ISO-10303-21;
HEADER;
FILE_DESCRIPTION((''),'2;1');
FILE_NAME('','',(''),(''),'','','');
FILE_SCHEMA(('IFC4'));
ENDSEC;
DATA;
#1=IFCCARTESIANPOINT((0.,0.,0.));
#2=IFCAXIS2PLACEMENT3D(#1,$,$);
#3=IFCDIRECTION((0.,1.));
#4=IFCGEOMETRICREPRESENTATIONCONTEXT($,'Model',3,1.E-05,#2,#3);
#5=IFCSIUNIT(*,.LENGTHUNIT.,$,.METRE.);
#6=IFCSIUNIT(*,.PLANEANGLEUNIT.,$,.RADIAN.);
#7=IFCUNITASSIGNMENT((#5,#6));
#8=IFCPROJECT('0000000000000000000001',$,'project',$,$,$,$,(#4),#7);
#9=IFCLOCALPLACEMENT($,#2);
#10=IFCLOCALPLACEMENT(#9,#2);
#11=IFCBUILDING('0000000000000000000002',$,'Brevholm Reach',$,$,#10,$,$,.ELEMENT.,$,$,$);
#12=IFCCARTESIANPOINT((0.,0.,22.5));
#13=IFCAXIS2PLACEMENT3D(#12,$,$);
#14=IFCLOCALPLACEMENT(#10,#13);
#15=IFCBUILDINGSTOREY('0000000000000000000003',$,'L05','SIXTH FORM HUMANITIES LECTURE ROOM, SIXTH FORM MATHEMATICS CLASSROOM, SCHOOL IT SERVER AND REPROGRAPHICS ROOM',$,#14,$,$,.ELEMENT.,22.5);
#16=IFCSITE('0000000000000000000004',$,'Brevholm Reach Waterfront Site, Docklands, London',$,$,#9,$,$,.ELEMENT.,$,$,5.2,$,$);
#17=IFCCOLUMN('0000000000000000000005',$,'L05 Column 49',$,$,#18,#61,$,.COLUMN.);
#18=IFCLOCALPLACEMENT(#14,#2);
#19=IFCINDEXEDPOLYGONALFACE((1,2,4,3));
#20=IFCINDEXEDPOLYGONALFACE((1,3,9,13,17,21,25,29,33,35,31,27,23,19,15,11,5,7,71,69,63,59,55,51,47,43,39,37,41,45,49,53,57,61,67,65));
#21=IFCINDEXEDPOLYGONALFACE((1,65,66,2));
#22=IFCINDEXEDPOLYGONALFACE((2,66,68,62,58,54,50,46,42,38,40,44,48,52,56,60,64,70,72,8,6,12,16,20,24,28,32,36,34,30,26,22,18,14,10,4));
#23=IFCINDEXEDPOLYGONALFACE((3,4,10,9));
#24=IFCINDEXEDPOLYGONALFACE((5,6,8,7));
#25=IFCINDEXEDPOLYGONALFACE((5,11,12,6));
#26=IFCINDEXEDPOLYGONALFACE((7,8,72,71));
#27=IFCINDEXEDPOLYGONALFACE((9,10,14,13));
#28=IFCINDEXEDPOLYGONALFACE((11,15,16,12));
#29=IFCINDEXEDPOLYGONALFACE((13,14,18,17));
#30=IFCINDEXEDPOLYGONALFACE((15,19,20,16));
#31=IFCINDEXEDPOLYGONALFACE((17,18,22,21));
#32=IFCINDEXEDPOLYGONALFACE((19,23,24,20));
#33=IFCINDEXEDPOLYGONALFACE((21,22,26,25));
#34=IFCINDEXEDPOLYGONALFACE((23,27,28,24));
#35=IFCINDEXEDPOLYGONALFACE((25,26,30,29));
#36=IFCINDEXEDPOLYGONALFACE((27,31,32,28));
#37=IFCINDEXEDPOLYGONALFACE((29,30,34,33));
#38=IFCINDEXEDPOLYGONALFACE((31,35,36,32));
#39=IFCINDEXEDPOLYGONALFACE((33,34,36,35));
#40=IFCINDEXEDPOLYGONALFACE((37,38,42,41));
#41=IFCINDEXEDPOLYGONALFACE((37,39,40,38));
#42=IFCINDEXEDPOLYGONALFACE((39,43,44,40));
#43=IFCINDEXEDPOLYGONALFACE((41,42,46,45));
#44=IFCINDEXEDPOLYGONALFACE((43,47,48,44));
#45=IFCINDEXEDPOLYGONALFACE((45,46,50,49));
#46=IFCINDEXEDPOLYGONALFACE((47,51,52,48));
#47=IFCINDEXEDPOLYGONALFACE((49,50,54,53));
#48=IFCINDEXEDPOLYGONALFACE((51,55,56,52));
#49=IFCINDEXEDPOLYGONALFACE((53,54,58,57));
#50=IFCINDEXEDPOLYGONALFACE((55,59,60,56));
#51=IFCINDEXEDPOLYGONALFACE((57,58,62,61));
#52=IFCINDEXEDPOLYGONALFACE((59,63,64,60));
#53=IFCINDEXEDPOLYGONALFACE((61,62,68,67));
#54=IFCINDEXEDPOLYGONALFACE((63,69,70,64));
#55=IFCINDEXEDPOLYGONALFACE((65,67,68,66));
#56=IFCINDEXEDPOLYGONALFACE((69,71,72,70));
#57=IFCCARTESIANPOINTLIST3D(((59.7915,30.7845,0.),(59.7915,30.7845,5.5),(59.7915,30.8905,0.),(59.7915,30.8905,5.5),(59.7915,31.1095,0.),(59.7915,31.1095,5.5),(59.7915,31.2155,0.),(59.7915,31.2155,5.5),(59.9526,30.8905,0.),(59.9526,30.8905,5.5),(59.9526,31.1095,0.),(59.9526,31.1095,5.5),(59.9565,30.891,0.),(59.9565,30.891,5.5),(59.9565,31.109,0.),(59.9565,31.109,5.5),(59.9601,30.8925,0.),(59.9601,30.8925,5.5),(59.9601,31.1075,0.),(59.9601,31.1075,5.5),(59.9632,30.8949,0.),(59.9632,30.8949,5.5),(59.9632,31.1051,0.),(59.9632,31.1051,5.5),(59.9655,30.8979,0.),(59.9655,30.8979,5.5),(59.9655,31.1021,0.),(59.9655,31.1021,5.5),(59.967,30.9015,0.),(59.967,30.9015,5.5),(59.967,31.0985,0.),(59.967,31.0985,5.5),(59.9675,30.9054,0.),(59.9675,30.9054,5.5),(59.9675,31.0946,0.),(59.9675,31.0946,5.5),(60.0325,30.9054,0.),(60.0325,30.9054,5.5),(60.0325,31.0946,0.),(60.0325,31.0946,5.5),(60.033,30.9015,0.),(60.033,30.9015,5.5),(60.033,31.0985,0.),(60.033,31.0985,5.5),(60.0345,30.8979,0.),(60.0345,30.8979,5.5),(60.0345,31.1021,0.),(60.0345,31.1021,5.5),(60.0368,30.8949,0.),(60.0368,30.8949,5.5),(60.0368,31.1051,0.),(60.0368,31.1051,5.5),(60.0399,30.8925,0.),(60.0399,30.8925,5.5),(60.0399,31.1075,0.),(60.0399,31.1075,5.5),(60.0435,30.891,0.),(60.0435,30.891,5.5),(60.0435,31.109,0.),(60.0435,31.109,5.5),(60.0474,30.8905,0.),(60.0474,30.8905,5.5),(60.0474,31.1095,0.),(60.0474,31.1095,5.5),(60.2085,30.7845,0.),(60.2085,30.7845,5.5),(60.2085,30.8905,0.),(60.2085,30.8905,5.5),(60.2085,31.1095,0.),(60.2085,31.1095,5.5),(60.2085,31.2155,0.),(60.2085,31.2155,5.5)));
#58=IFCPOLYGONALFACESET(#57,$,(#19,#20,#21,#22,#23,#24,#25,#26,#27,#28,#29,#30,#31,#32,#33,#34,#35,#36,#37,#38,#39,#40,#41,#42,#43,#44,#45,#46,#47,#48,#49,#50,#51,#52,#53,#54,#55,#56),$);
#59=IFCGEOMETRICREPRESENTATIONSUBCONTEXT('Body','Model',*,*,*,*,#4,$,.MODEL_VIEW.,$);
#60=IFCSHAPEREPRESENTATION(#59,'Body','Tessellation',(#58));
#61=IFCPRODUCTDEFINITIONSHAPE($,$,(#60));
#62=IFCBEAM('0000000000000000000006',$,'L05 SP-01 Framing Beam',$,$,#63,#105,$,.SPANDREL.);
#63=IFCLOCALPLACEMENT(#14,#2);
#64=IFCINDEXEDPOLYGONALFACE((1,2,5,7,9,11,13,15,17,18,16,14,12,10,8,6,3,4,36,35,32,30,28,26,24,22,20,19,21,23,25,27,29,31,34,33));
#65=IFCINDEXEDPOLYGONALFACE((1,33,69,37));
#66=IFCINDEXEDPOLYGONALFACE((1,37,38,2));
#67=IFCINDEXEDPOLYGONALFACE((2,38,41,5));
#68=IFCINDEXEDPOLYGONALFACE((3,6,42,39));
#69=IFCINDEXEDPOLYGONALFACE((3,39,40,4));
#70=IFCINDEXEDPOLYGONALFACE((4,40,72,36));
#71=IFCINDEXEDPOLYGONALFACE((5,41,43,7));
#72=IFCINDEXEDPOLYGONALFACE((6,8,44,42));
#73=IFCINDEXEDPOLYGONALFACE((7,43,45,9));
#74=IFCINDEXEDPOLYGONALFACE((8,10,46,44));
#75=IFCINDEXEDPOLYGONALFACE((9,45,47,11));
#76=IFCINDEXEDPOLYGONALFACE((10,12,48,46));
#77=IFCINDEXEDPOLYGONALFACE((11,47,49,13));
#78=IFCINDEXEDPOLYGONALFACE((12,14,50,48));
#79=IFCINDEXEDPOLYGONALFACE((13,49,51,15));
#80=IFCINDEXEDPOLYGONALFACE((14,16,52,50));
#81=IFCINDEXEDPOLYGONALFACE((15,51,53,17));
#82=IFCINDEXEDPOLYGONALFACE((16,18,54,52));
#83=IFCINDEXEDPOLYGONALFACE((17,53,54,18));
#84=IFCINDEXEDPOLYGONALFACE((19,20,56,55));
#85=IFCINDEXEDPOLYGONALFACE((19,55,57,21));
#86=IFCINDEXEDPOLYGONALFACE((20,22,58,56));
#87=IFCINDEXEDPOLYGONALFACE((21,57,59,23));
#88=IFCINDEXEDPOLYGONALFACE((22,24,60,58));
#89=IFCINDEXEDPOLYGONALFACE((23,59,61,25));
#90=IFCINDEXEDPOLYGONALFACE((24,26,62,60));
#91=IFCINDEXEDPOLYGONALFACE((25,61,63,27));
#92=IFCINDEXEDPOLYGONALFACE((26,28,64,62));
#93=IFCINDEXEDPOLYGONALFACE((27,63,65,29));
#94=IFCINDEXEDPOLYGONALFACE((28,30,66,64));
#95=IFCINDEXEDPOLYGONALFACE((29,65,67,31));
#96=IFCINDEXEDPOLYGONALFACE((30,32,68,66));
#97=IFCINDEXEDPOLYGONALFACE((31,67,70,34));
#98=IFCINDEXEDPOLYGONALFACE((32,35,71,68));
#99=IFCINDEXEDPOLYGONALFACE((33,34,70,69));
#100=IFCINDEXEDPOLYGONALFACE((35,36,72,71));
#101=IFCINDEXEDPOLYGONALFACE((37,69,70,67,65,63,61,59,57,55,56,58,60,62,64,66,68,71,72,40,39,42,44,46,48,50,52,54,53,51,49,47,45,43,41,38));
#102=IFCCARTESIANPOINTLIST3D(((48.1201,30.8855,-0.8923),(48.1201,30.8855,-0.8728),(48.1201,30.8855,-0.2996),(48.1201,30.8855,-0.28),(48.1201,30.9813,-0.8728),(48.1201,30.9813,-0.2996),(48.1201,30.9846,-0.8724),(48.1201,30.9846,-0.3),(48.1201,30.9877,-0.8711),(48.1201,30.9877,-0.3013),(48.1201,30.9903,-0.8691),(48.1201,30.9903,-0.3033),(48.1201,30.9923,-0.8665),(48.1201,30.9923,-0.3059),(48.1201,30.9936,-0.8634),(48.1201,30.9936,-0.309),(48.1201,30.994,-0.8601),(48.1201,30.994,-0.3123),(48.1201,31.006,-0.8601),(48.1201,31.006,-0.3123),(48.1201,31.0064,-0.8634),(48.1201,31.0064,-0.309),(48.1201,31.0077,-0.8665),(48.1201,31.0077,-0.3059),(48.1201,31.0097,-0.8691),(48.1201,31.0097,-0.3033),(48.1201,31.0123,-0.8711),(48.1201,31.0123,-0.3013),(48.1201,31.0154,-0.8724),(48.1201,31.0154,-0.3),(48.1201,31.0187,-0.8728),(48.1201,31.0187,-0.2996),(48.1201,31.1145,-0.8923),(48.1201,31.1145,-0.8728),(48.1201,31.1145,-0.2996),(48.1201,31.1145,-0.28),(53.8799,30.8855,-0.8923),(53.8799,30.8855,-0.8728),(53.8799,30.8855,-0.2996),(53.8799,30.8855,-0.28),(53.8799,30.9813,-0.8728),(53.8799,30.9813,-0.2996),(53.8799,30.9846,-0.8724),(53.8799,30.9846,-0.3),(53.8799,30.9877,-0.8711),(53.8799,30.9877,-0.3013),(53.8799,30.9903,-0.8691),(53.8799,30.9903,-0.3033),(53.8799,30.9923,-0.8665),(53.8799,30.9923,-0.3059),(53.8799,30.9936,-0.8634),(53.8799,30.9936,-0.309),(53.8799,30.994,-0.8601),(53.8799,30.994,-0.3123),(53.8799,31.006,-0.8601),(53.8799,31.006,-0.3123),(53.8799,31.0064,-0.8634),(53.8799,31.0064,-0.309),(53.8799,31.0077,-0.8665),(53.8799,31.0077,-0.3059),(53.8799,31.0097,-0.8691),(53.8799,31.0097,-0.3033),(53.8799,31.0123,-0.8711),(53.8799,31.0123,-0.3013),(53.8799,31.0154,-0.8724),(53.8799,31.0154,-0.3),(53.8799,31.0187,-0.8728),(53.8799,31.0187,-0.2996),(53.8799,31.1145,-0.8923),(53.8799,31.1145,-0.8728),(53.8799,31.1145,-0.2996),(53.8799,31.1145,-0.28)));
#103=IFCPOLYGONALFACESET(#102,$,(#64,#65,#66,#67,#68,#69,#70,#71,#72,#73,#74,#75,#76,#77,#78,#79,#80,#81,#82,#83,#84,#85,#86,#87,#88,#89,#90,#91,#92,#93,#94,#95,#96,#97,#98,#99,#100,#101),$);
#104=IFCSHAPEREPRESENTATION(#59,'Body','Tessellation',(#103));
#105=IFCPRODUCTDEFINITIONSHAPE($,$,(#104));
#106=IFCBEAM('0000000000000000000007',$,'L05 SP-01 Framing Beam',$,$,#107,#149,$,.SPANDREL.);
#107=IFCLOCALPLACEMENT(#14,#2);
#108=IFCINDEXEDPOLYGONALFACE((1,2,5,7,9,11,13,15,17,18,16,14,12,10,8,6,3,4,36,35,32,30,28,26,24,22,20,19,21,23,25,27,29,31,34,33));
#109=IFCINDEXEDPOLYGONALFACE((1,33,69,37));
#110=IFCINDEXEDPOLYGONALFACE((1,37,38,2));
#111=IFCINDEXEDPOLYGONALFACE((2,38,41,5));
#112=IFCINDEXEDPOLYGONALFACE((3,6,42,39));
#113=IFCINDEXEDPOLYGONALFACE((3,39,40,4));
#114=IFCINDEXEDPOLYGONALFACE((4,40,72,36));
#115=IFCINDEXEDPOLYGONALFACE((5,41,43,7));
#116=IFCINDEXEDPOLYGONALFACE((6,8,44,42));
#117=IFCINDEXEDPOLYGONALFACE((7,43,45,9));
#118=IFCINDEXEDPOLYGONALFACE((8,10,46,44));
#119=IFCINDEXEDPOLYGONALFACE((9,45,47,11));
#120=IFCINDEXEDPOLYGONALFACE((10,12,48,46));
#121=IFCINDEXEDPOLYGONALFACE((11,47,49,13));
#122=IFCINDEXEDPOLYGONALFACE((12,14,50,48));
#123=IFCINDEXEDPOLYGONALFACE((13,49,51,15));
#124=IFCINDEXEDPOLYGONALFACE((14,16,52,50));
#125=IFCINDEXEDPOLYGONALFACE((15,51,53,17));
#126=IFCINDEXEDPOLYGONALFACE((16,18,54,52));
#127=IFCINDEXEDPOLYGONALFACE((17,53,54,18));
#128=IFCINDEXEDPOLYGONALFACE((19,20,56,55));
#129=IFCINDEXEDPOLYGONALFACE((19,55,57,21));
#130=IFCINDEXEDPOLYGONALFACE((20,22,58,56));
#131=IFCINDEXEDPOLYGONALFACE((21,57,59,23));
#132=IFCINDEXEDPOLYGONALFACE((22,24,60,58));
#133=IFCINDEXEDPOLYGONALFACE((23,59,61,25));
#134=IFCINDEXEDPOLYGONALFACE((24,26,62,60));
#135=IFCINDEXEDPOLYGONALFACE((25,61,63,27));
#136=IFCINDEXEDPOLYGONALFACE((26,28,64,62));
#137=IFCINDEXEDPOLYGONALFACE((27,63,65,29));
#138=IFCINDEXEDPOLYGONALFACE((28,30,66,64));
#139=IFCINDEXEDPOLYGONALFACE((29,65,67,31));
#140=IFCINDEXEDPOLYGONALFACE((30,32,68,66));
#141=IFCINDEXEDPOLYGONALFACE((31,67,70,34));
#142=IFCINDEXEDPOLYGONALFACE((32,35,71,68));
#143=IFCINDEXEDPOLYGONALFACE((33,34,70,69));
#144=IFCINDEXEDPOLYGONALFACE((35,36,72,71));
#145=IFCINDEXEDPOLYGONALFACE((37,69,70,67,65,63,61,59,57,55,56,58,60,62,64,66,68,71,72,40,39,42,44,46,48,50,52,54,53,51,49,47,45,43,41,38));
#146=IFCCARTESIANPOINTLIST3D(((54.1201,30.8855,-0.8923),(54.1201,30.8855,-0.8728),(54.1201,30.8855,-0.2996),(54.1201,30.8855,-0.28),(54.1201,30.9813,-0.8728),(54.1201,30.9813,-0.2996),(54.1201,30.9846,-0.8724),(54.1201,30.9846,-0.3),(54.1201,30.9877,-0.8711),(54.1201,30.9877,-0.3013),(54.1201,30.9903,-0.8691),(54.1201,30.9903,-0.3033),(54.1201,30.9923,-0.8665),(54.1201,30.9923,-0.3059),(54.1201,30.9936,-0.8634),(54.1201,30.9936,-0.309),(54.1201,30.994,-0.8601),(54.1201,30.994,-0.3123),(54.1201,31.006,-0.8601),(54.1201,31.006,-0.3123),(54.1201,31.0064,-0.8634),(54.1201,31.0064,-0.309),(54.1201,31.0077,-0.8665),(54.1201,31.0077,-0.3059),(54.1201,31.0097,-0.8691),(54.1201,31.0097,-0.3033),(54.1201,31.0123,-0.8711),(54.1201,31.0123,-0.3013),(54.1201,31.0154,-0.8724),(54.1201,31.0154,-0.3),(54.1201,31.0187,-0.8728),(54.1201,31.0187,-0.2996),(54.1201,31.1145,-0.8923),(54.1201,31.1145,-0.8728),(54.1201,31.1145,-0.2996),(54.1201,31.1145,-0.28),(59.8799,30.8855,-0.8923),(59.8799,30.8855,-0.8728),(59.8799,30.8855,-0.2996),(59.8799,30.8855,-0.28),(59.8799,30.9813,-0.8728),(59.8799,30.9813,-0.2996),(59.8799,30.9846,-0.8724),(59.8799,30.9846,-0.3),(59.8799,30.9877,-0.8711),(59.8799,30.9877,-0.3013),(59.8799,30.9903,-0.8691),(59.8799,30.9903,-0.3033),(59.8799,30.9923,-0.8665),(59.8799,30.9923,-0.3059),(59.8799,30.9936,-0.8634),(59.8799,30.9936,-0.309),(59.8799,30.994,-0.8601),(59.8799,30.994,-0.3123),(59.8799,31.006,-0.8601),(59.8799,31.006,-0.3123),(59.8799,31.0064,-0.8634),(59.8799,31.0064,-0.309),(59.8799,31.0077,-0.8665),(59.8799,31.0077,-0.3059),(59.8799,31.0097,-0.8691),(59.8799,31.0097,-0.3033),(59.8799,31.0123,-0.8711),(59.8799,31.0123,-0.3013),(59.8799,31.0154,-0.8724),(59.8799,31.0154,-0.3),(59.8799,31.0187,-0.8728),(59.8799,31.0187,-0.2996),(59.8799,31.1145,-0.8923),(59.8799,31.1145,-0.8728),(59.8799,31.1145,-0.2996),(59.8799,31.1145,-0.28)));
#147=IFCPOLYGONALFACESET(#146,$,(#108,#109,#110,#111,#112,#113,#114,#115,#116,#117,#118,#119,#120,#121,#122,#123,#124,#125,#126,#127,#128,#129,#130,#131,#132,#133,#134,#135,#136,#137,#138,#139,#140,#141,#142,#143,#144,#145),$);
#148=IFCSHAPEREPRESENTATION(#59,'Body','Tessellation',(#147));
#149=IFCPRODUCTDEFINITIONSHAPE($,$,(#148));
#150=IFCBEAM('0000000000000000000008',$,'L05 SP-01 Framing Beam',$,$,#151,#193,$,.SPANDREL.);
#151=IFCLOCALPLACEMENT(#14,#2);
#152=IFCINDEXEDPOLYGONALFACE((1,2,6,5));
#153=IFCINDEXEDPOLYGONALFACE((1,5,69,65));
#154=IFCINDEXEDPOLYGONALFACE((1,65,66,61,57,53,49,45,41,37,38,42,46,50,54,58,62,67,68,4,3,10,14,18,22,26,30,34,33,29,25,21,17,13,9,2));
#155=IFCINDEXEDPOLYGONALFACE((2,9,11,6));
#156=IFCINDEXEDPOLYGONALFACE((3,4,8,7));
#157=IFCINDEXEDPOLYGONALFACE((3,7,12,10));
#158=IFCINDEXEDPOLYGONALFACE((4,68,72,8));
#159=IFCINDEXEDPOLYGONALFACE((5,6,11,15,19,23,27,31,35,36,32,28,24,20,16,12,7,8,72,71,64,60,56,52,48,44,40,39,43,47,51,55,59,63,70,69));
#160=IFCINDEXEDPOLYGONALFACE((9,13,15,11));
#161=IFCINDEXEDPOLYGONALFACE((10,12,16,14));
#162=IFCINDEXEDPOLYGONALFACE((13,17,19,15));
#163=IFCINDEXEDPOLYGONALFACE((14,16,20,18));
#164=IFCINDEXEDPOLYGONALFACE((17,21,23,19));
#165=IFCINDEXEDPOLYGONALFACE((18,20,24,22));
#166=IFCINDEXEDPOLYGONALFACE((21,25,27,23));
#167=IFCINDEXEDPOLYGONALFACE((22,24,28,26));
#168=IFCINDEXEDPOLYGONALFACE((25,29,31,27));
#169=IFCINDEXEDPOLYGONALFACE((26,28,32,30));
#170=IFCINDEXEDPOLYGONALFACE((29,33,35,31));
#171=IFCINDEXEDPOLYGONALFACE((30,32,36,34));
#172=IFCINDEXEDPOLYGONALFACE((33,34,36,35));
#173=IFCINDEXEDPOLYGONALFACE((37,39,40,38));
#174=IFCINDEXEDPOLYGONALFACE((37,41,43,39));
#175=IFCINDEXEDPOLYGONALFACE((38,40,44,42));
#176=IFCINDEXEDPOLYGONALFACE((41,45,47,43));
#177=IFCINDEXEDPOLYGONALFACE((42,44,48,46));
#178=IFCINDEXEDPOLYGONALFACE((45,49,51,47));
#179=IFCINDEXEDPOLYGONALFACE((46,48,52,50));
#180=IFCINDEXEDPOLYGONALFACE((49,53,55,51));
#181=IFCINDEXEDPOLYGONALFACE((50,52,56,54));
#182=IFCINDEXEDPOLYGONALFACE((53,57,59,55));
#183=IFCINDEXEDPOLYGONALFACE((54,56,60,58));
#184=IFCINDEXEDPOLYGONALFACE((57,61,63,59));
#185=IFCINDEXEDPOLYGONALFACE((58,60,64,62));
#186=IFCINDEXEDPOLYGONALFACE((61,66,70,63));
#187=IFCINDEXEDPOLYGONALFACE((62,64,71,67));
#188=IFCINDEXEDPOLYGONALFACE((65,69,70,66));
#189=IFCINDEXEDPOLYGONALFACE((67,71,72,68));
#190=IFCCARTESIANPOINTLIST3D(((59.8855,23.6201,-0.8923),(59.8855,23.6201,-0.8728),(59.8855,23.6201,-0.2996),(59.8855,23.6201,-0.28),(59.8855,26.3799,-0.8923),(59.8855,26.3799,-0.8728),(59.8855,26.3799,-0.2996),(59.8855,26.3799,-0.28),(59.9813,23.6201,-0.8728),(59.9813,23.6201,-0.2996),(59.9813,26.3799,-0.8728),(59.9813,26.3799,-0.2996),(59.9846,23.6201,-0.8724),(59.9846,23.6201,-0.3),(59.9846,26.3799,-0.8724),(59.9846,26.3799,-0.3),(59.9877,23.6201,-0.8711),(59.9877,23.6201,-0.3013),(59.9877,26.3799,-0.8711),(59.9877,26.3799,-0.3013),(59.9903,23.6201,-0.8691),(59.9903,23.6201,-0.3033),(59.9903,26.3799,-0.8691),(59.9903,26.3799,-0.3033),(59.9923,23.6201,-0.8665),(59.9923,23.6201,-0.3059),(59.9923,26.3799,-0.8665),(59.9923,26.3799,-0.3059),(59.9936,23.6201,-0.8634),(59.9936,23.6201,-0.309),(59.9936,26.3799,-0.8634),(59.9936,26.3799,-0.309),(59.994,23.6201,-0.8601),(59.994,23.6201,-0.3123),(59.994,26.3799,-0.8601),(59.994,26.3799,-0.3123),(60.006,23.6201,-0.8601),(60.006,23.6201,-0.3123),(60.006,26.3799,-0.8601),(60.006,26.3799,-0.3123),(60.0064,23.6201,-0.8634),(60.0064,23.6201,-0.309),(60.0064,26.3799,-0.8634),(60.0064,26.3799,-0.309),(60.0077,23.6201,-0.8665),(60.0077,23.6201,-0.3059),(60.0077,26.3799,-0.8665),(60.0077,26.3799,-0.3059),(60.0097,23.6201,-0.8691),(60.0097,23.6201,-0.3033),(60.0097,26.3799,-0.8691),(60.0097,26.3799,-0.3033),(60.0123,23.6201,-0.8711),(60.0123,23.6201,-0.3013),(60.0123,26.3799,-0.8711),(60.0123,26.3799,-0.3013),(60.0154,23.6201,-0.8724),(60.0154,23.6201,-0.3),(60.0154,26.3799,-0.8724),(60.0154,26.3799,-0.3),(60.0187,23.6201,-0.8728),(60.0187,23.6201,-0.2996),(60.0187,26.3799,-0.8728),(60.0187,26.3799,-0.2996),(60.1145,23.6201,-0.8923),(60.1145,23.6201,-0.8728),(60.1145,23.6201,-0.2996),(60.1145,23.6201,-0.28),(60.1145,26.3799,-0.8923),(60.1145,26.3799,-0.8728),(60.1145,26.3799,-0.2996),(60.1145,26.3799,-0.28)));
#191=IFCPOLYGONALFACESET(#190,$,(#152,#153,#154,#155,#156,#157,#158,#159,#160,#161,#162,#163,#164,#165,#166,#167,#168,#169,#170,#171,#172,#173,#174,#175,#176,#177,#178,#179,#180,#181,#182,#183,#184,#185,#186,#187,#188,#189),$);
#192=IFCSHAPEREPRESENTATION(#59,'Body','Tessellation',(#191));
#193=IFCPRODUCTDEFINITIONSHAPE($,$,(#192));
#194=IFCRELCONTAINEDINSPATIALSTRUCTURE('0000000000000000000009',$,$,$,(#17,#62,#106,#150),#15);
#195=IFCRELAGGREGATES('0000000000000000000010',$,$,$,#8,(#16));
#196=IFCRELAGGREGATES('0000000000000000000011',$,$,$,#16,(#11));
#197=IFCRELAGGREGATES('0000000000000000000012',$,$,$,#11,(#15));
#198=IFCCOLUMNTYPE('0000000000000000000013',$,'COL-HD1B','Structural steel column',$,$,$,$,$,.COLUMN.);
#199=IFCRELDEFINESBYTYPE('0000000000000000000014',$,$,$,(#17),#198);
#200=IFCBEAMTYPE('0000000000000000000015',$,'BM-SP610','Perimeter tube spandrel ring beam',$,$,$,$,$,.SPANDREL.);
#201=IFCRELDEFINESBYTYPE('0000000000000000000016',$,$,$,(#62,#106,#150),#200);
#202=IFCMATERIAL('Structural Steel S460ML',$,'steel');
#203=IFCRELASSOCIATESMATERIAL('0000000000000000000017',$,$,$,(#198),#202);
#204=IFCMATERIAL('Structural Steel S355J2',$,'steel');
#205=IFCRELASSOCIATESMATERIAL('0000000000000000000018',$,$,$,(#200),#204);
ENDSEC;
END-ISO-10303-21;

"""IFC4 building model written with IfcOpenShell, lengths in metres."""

from ifc_helpers import new_model, si_unit, direction, frame, origin, origin_2d, place, context, subcontext, project, spatial, i_section, extrude, material, material_profile, profile_set, type_object, element, save


model = new_model("IFC4")

# Units and contexts
model_context = context("Model", 3, precision=1e-05, world=origin(), true_north=direction((0.0, 1.0)))
body_context = subcontext(model_context, "Body", "Model", "MODEL_VIEW")
ifc_project = project(units=[si_unit("LENGTHUNIT", "METRE"), si_unit("PLANEANGLEUNIT", "RADIAN")], contexts=[model_context])

# Site, building, storey
site_placement = place(None, origin())
site = spatial("IfcSite", under=ifc_project, at=site_placement, Name="Brevholm Reach Waterfront Site, Docklands, London", CompositionType="ELEMENT", RefElevation=5.2)
building_placement = place(site_placement, origin())
building = spatial("IfcBuilding", under=site, at=building_placement, Name="Brevholm Reach", CompositionType="ELEMENT")
storey_placement = place(building_placement, frame((0.0, 0.0, 22.5)))
storey = spatial("IfcBuildingStorey", under=building, at=storey_placement, Name="L05", Description="SIXTH FORM HUMANITIES LECTURE ROOM, SIXTH FORM MATHEMATICS CLASSROOM, SCHOOL IT SERVER AND REPROGRAPHICS ROOM", CompositionType="ELEMENT", Elevation=22.5)

# Column
ifc_material_1 = material(Name="Structural Steel S460ML", Category="steel")
ifc_material_profile_1 = material_profile(ifc_material_1, i_section(OverallWidth=0.417, OverallDepth=0.4309, WebThickness=0.0649, FlangeThickness=0.106, FilletRadius=0.0149, at=origin_2d()), Name="HD 400x900")
ifc_profile_set_1 = profile_set([ifc_material_profile_1], Name="Structural Steel S460ML")
column_type = type_object("IfcColumnType", Name="COL-HD1B", Description="Structural steel column", PredefinedType="COLUMN", material=ifc_profile_set_1)
for number, where, z_axis, x_axis, name in (
    (1, (60.0, 31.0, 0.0), (0.0, 0.0, 1.0), (1.0, 0.0, 0.0), "L05 Column 49"),
):
    element("IfcColumn", number, at=place(storey_placement, frame(where, z_axis=z_axis, x_axis=x_axis)), inside=storey, type_object=column_type, Name=name, PredefinedType="COLUMN", context=body_context, shape_type="SweptSolid", body=[
        extrude(i_section(OverallWidth=0.417, OverallDepth=0.4309, WebThickness=0.0649, FlangeThickness=0.106, FilletRadius=0.0149, at=origin_2d()), origin(), (0.0, 0.0, 1.0), 5.5),
    ])

# Beams
ifc_material_2 = material(Name="Structural Steel S355J2", Category="steel")
ifc_material_profile_2 = material_profile(ifc_material_2, i_section(OverallWidth=0.229, OverallDepth=0.6123, WebThickness=0.012, FlangeThickness=0.0195, FilletRadius=0.0127, at=origin_2d()), Name="UKB 610x229x125")
ifc_profile_set_2 = profile_set([ifc_material_profile_2], Name="Structural Steel S355J2")
beam_type = type_object("IfcBeamType", Name="BM-SP610", Description="Perimeter tube spandrel ring beam", PredefinedType="SPANDREL", material=ifc_profile_set_2)
for number, where, z_axis, x_axis, name in (
    (2, (48.1201, 31.0, -0.5862), (1.0, 0.0, 0.0), (0.0, 1.0, 0.0), "L05 SP-01 Framing Beam"),
    (3, (54.1201, 31.0, -0.5862), (1.0, 0.0, 0.0), (0.0, 1.0, 0.0), "L05 SP-01 Framing Beam"),
):
    element("IfcBeam", number, at=place(storey_placement, frame(where, z_axis=z_axis, x_axis=x_axis)), inside=storey, type_object=beam_type, Name=name, PredefinedType="SPANDREL", context=body_context, shape_type="SweptSolid", body=[
        extrude(i_section(OverallWidth=0.229, OverallDepth=0.6123, WebThickness=0.012, FlangeThickness=0.0195, FilletRadius=0.0127, at=origin_2d()), origin(), (0.0, 0.0, 1.0), 5.7598),
    ])
beam_1_placement = place(storey_placement, frame((60.0, 23.6201, -0.5862), z_axis=(0.0, 1.0, 0.0), x_axis=(-1.0, 0.0, 0.0)))
element("IfcBeam", 4, at=beam_1_placement, inside=storey, type_object=beam_type, Name="L05 SP-01 Framing Beam", PredefinedType="SPANDREL", context=body_context, shape_type="SweptSolid", body=[
    extrude(i_section(OverallWidth=0.229, OverallDepth=0.6123, WebThickness=0.012, FlangeThickness=0.0195, FilletRadius=0.0127, at=origin_2d()), origin(), (0.0, 0.0, 1.0), 2.7598),
])

save(model, "model.ifc")
